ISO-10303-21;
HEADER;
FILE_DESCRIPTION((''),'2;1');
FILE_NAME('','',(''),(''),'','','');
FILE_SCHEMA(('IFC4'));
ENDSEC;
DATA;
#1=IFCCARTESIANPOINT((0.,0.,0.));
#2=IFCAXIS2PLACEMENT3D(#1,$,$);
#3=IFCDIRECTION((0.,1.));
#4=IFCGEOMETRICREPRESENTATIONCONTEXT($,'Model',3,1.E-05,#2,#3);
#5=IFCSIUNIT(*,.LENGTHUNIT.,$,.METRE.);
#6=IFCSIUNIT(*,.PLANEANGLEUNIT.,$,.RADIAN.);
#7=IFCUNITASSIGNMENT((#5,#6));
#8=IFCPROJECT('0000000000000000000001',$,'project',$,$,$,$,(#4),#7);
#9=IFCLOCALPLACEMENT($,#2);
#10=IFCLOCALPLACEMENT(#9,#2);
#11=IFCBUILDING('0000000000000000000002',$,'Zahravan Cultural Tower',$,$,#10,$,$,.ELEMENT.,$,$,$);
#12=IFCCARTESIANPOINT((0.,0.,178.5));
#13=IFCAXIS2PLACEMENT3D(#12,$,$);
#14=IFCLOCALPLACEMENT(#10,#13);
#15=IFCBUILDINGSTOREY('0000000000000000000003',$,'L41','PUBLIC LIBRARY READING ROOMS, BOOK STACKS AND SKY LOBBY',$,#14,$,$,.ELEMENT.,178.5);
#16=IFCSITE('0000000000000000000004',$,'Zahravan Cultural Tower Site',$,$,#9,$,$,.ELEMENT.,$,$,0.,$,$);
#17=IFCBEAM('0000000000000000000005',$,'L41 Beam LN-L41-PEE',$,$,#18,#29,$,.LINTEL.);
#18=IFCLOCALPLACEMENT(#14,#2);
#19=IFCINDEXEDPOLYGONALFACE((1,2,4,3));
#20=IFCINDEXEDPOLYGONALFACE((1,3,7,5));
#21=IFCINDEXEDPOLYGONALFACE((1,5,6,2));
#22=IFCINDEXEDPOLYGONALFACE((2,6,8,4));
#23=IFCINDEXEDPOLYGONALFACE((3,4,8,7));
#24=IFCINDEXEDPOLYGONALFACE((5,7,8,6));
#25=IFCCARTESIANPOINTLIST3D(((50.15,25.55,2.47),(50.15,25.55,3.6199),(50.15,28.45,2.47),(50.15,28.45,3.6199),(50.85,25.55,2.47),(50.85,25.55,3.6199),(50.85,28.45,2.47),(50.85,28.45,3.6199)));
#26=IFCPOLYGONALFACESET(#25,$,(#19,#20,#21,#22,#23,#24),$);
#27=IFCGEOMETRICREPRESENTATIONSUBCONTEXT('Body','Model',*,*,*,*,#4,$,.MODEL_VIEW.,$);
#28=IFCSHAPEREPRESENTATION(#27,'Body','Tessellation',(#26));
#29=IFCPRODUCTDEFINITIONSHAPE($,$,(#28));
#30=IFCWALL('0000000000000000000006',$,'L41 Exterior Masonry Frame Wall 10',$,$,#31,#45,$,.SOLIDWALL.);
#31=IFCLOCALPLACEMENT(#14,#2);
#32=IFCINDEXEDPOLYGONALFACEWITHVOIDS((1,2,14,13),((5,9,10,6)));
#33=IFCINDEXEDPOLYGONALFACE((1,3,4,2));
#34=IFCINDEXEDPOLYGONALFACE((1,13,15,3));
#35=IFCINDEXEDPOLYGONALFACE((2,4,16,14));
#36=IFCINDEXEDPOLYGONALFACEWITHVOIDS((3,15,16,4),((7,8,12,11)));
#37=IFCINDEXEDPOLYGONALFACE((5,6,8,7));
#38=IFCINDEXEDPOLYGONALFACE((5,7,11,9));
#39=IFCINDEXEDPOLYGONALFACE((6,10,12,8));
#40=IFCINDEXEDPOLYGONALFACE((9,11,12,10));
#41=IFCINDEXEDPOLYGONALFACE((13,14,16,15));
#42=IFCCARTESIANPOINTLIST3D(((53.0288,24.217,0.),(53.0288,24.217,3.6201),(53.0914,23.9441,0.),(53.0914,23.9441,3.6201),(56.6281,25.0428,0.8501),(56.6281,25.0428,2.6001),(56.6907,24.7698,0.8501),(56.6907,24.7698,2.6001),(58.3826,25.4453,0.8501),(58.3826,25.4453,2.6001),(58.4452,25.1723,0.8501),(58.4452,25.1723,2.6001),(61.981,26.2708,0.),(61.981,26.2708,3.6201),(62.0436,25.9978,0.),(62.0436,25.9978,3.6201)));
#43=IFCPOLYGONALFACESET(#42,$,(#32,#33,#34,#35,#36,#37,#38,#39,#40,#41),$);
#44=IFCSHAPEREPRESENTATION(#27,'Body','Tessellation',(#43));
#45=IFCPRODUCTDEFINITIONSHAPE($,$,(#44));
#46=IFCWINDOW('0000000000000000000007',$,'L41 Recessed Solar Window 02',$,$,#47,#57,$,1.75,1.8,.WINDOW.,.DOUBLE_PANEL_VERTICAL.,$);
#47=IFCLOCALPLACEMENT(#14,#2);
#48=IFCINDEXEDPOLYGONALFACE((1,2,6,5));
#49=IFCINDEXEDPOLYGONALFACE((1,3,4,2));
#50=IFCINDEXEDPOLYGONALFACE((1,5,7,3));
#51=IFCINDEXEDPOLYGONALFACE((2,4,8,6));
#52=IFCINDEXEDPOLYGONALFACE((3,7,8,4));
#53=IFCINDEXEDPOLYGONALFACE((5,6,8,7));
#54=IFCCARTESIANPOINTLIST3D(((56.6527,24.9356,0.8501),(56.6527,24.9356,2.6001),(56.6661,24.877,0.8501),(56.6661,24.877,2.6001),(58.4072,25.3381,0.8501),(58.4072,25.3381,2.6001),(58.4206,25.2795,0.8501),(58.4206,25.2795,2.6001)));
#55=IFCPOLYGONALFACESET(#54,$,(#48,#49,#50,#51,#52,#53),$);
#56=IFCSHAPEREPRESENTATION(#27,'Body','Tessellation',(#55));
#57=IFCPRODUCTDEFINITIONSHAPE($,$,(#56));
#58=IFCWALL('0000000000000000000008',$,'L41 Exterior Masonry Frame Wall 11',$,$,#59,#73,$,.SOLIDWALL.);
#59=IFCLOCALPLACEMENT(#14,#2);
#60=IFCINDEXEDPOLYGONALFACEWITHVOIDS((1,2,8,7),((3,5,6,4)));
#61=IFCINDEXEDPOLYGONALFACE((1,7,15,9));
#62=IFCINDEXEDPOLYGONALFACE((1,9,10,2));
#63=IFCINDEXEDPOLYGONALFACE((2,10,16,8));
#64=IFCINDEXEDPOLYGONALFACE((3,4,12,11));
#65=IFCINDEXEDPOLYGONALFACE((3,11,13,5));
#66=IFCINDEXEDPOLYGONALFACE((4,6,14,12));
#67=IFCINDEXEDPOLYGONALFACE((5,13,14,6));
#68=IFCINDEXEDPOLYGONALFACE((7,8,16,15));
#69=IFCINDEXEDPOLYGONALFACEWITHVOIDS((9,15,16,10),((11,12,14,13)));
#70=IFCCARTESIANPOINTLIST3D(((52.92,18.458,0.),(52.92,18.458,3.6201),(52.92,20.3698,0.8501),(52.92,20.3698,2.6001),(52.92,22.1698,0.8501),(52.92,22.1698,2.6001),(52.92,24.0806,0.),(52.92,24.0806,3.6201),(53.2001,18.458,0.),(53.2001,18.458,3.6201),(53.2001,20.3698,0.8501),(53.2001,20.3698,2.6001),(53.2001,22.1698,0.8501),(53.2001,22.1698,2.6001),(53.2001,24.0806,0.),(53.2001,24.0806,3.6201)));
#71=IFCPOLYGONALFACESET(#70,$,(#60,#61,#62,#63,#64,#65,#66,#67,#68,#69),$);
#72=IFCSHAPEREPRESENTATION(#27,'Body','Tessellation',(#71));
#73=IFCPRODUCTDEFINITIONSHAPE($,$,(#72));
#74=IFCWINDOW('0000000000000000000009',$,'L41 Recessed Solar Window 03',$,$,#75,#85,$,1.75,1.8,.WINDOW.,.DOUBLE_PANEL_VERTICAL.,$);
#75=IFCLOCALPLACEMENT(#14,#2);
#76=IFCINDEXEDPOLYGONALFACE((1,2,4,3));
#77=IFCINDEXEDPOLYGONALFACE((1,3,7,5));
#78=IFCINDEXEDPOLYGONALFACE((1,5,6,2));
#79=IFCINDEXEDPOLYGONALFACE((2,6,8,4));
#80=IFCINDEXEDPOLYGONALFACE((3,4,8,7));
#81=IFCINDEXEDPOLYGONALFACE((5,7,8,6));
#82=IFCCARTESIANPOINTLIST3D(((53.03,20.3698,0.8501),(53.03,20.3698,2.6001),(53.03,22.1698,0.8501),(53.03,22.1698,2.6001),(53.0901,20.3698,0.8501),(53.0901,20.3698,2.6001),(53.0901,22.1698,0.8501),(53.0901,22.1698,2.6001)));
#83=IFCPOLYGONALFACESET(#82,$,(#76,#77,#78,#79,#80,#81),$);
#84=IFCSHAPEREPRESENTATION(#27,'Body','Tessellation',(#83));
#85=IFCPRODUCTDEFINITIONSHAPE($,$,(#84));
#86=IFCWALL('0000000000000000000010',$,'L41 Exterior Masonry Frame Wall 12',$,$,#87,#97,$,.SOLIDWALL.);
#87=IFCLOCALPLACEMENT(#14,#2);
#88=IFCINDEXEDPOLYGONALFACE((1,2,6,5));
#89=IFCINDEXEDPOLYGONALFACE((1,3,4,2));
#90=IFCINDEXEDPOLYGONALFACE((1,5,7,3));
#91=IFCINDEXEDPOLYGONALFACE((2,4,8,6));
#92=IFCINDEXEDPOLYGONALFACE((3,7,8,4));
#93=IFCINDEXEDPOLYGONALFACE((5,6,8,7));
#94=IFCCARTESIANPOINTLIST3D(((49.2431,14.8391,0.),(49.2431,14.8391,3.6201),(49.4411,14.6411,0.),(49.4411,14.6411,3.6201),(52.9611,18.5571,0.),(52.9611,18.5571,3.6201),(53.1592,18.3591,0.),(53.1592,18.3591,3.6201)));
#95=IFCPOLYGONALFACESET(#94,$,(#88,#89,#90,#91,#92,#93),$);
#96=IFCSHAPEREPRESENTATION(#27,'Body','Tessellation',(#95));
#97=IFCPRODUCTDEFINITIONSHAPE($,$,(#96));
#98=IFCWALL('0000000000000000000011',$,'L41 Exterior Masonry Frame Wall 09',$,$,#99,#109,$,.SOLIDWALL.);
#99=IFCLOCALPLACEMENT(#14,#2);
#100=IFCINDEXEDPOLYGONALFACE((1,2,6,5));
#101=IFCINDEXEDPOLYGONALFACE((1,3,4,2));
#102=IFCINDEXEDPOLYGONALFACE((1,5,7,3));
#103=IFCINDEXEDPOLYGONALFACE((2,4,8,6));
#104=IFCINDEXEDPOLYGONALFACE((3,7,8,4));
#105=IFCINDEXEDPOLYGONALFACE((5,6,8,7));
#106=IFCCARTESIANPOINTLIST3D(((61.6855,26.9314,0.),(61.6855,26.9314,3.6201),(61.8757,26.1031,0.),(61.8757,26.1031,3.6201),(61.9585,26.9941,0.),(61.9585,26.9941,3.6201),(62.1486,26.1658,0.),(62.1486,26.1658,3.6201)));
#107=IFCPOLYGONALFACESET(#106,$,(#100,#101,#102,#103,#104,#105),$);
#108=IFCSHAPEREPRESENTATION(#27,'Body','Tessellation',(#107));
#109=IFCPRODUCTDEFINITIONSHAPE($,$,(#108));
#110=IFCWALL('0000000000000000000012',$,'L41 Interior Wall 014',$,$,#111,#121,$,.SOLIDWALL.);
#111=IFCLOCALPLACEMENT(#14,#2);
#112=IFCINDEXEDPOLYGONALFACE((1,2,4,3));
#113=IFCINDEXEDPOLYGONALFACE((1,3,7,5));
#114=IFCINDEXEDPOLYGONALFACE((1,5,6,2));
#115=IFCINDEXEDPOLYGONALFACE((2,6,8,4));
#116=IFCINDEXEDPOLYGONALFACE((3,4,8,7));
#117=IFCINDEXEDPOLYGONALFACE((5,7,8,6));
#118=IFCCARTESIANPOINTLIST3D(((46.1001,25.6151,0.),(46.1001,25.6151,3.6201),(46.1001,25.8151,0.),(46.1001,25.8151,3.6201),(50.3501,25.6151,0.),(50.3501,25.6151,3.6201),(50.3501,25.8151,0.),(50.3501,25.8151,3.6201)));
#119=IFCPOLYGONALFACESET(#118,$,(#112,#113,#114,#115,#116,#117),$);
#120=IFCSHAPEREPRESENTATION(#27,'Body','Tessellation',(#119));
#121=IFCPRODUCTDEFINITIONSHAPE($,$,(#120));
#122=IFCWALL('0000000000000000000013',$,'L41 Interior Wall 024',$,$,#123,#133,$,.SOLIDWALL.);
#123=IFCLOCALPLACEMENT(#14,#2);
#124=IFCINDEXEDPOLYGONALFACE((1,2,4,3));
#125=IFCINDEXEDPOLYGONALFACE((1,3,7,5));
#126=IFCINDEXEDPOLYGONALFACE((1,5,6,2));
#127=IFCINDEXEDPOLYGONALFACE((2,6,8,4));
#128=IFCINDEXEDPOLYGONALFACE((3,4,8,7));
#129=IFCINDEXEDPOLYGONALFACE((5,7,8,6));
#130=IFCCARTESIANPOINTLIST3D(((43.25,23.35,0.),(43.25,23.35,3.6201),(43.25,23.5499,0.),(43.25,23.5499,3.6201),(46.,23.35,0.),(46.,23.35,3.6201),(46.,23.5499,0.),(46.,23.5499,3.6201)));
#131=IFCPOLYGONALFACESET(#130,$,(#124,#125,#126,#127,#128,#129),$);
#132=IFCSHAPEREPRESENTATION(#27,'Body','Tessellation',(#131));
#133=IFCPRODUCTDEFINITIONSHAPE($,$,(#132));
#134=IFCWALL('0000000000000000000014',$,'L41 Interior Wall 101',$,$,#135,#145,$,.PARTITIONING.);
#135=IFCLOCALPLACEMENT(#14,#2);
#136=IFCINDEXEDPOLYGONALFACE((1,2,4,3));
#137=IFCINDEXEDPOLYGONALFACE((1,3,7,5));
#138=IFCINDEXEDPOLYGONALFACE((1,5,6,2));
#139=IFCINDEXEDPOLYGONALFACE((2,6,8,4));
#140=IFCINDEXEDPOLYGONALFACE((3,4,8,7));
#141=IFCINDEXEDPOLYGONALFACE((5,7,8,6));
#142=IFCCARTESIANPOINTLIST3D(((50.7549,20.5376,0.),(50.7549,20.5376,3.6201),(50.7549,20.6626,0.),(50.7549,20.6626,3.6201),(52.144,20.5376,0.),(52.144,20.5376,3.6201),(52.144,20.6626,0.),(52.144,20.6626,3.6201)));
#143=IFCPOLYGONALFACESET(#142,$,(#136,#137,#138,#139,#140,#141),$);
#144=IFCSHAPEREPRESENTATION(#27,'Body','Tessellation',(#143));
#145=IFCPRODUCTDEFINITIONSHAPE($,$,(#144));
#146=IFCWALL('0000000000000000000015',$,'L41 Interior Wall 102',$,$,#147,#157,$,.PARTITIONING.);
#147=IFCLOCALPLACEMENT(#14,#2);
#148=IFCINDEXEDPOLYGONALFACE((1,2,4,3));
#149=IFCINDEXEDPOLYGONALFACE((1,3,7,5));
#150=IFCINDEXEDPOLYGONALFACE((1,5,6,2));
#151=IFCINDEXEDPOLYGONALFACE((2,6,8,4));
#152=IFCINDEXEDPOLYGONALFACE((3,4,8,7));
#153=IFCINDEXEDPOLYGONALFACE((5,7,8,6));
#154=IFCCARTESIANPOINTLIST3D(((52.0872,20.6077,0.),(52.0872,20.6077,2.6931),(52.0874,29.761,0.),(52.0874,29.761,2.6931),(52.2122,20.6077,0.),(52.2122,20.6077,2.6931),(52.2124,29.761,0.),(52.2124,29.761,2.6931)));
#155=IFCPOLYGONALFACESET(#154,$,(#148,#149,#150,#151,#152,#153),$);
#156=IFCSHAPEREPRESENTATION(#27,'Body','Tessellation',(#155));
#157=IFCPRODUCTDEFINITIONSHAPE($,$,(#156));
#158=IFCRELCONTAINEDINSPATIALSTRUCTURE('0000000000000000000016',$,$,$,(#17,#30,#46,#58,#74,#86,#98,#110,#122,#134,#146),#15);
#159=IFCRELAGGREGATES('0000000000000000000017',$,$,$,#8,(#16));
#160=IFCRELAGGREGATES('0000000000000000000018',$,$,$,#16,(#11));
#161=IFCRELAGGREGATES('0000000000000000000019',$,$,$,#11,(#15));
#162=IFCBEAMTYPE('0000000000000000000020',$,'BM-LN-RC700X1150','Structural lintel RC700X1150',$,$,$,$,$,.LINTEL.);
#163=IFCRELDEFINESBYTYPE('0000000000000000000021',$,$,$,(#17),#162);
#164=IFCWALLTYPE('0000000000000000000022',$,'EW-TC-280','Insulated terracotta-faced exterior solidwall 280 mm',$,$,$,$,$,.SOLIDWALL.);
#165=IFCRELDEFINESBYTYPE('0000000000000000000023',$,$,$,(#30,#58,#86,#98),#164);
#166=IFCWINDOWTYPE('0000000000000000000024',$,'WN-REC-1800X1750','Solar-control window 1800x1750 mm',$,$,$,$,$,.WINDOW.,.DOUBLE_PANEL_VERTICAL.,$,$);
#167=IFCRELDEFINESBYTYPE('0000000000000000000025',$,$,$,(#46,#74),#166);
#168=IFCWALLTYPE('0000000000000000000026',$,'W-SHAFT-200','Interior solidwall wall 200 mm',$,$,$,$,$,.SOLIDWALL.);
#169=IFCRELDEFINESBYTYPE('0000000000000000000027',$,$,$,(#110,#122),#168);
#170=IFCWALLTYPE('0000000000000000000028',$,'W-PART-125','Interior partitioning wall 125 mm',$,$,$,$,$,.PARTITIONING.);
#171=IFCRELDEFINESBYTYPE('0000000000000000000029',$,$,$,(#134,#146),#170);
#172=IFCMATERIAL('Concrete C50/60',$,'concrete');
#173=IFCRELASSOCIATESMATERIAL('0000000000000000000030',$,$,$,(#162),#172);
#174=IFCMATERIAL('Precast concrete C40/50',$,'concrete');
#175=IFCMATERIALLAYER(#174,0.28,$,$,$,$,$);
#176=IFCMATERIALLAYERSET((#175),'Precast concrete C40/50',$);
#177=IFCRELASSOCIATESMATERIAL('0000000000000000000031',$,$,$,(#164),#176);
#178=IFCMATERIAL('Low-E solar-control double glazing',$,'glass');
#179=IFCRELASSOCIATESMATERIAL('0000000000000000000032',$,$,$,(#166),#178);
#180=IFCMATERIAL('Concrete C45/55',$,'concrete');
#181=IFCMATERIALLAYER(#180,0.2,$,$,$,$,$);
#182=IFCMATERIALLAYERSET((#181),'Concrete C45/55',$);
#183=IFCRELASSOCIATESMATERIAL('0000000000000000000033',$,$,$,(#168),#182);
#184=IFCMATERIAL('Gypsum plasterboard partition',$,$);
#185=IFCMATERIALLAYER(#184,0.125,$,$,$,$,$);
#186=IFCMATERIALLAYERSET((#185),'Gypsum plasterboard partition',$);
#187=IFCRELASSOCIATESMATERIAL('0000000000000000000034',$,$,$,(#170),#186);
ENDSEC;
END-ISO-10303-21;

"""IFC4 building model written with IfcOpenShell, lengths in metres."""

from ifc_helpers import new_model, si_unit, direction, frame, frame_2d, origin, origin_2d, place, context, subcontext, project, spatial, rectangle, extrude, source, transform, mapped, material, layer, layer_set, material_profile, profile_set, type_object, element, fill, save


model = new_model("IFC4")

# Units and contexts
model_context = context("Model", 3, precision=1e-05, world=origin(), true_north=direction((0.0, 1.0)))
body_context = subcontext(model_context, "Body", "Model", "MODEL_VIEW")
ifc_project = project(units=[si_unit("LENGTHUNIT", "METRE"), si_unit("PLANEANGLEUNIT", "RADIAN")], contexts=[model_context])

# Site, building, storey
site_placement = place(None, origin())
site = spatial("IfcSite", under=ifc_project, at=site_placement, Name="Zahravan Cultural Tower Site", CompositionType="ELEMENT", RefElevation=0.0)
building_placement = place(site_placement, origin())
building = spatial("IfcBuilding", under=site, at=building_placement, Name="Zahravan Cultural Tower", CompositionType="ELEMENT")
storey_placement = place(building_placement, frame((0.0, 0.0, 178.5)))
storey = spatial("IfcBuildingStorey", under=building, at=storey_placement, Name="L41", Description="PUBLIC LIBRARY READING ROOMS, BOOK STACKS AND SKY LOBBY", CompositionType="ELEMENT", Elevation=178.5)

# Beam
ifc_material_1 = material(Name="Concrete C50/60", Category="concrete")
ifc_material_profile = material_profile(ifc_material_1, rectangle(XDim=0.7, YDim=1.1499, at=origin_2d()), Name="RC700X1150")
ifc_profile_set = profile_set([ifc_material_profile], Name="Concrete C50/60")
beam_type = type_object("IfcBeamType", Name="BM-LN-RC700X1150", Description="Structural lintel RC700X1150", PredefinedType="LINTEL", material=ifc_profile_set)
shared_shape_1 = source(origin(), body_context, "Body", "SweptSolid", [
    extrude(rectangle(XDim=0.7, YDim=1.1499, at=origin_2d()), origin(), (0.0, 0.0, 1.0), 2.8999),
])
beam_placement = place(storey_placement, frame((50.5, 25.55, 3.0449), z_axis=(0.0, 1.0, 0.0), x_axis=(-1.0, 0.0, 0.0)))
element("IfcBeam", 1, at=beam_placement, inside=storey, type_object=beam_type, Name="L41 Beam LN-L41-PEE", PredefinedType="LINTEL", context=body_context, shape_type="MappedRepresentation", body=[
    mapped(shared_shape_1, transform((0.0, 0.0, 0.0), x_axis=(1.0, 0.0, 0.0), y_axis=(0.0, 1.0, 0.0), z_axis=(0.0, 0.0, 1.0), scale=1.0)),
])

# Walls, openings, windows
ifc_material_2 = material(Name="Precast concrete C40/50", Category="concrete")
ifc_layer_1 = layer(ifc_material_2, 0.28)
ifc_layer_set_1 = layer_set([ifc_layer_1], Name="Precast concrete C40/50")
wall_type_1 = type_object("IfcWallType", Name="EW-TC-280", Description="Insulated terracotta-faced exterior solidwall 280 mm", PredefinedType="SOLIDWALL", material=ifc_layer_set_1)
wall_1_placement = place(storey_placement, frame((62.0122, 26.1343, 0.0), z_axis=(0.0, 0.0, 1.0), x_axis=(-0.974681, -0.223601, 0.0)))
wall_1 = element("IfcWall", 2, at=wall_1_placement, inside=storey, type_object=wall_type_1, Name="L41 Exterior Masonry Frame Wall 10", PredefinedType="SOLIDWALL", context=body_context, shape_type="SweptSolid", body=[
    extrude(rectangle(XDim=9.1848, YDim=0.28, at=frame_2d((4.5923, 0.0))), origin(), (0.0, 0.0, 1.0), 3.6201),
])
opening_1_placement = place(wall_1_placement, frame((3.6919, 0.0, 0.8501)))
opening_1 = element("IfcOpeningElement", 3, at=opening_1_placement, cuts=wall_1, PredefinedType="OPENING", context=body_context, shape_type="SweptSolid", body=[
    extrude(rectangle(XDim=1.8, YDim=1.75, at=frame_2d((0.8999, 0.875))), frame((0.0, 0.1499, 0.0), z_axis=(0.0, -1.0, 0.0), x_axis=(1.0, 0.0, 0.0)), (0.0, 0.0, 1.0), 0.3),
])
ifc_material_3 = material(Name="Low-E solar-control double glazing", Category="glass")
window_type = type_object("IfcWindowType", Name="WN-REC-1800X1750", Description="Solar-control window 1800x1750 mm", PartitioningType="DOUBLE_PANEL_VERTICAL", PredefinedType="WINDOW", material=ifc_material_3)
shared_shape_2 = source(origin(), body_context, "Body", "SweptSolid", [
    extrude(rectangle(XDim=1.8, YDim=1.75, at=frame_2d((0.8999, 0.875))), frame((0.0, 0.03, 0.0), z_axis=(0.0, -1.0, 0.0), x_axis=(1.0, 0.0, 0.0)), (0.0, 0.0, 1.0), 0.0601),
])
window_1_placement = place(opening_1_placement, origin())
window_1 = element("IfcWindow", 4, at=window_1_placement, inside=storey, type_object=window_type, Name="L41 Recessed Solar Window 02", OverallHeight=1.75, OverallWidth=1.8, PartitioningType="DOUBLE_PANEL_VERTICAL", PredefinedType="WINDOW", context=body_context, shape_type="MappedRepresentation", body=[
    mapped(shared_shape_2, transform((0.0, 0.0, 0.0), x_axis=(1.0, 0.0, 0.0), y_axis=(0.0, 1.0, 0.0), z_axis=(0.0, 0.0, 1.0), scale=1.0)),
])
fill(opening_1, window_1)
wall_2_placement = place(storey_placement, frame((53.0601, 24.0806, 0.0), z_axis=(0.0, 0.0, 1.0), x_axis=(0.0, -1.0, 0.0)))
wall_2 = element("IfcWall", 5, at=wall_2_placement, inside=storey, type_object=wall_type_1, Name="L41 Exterior Masonry Frame Wall 11", PredefinedType="SOLIDWALL", context=body_context, shape_type="SweptSolid", body=[
    extrude(rectangle(XDim=5.6226, YDim=0.28, at=frame_2d((2.8113, 0.0))), origin(), (0.0, 0.0, 1.0), 3.6201),
])
opening_2_placement = place(wall_2_placement, frame((1.9109, 0.0, 0.8501)))
opening_2 = element("IfcOpeningElement", 6, at=opening_2_placement, cuts=wall_2, PredefinedType="OPENING", context=body_context, shape_type="SweptSolid", body=[
    extrude(rectangle(XDim=1.8, YDim=1.75, at=frame_2d((0.8999, 0.875))), frame((0.0, 0.1499, 0.0), z_axis=(0.0, -1.0, 0.0), x_axis=(1.0, 0.0, 0.0)), (0.0, 0.0, 1.0), 0.3),
])
window_2_placement = place(opening_2_placement, origin())
window_2 = element("IfcWindow", 7, at=window_2_placement, inside=storey, type_object=window_type, Name="L41 Recessed Solar Window 03", OverallHeight=1.75, OverallWidth=1.8, PartitioningType="DOUBLE_PANEL_VERTICAL", PredefinedType="WINDOW", context=body_context, shape_type="MappedRepresentation", body=[
    mapped(shared_shape_2, transform((0.0, 0.0, 0.0), x_axis=(1.0, 0.0, 0.0), y_axis=(0.0, 1.0, 0.0), z_axis=(0.0, 0.0, 1.0), scale=1.0)),
])
fill(opening_2, window_2)

# Walls
shared_shape_3 = source(origin(), body_context, "Body", "SweptSolid", [
    extrude(rectangle(XDim=5.2581, YDim=0.28, at=frame_2d((2.6289, 0.0))), origin(), (0.0, 0.0, 1.0), 3.6201),
])
wall_3_placement = place(storey_placement, frame((53.0601, 18.458, 0.0), z_axis=(0.0, 0.0, 1.0), x_axis=(-0.707107, -0.707107, 0.0)))
element("IfcWall", 8, at=wall_3_placement, inside=storey, type_object=wall_type_1, Name="L41 Exterior Masonry Frame Wall 12", PredefinedType="SOLIDWALL", context=body_context, shape_type="MappedRepresentation", body=[
    mapped(shared_shape_3, transform((0.0, 0.0, 0.0), x_axis=(1.0, 0.0, 0.0), y_axis=(0.0, 1.0, 0.0), z_axis=(0.0, 0.0, 1.0), scale=1.0)),
])
shared_shape_4 = source(origin(), body_context, "Body", "SweptSolid", [
    extrude(rectangle(XDim=0.8499, YDim=0.28, at=frame_2d((0.4248, 0.0))), origin(), (0.0, 0.0, 1.0), 3.6201),
])
wall_4_placement = place(storey_placement, frame((61.822, 26.9626, 0.0), z_axis=(0.0, 0.0, 1.0), x_axis=(0.223768, -0.974642, 0.0)))
element("IfcWall", 9, at=wall_4_placement, inside=storey, type_object=wall_type_1, Name="L41 Exterior Masonry Frame Wall 09", PredefinedType="SOLIDWALL", context=body_context, shape_type="MappedRepresentation", body=[
    mapped(shared_shape_4, transform((0.0, 0.0, 0.0), x_axis=(1.0, 0.0, 0.0), y_axis=(0.0, 1.0, 0.0), z_axis=(0.0, 0.0, 1.0), scale=1.0)),
])
ifc_material_4 = material(Name="Concrete C45/55", Category="concrete")
ifc_layer_2 = layer(ifc_material_4, 0.2)
ifc_layer_set_2 = layer_set([ifc_layer_2], Name="Concrete C45/55")
wall_type_2 = type_object("IfcWallType", Name="W-SHAFT-200", Description="Interior solidwall wall 200 mm", PredefinedType="SOLIDWALL", material=ifc_layer_set_2)
shared_shape_5 = source(origin(), body_context, "Body", "SweptSolid", [
    extrude(rectangle(XDim=4.25, YDim=0.2, at=frame_2d((2.125, 0.0))), origin(), (0.0, 0.0, 1.0), 3.6201),
])
wall_5_placement = place(storey_placement, frame((46.1001, 25.7151, 0.0), z_axis=(0.0, 0.0, 1.0), x_axis=(1.0, 0.0, 0.0)))
element("IfcWall", 10, at=wall_5_placement, inside=storey, type_object=wall_type_2, Name="L41 Interior Wall 014", PredefinedType="SOLIDWALL", context=body_context, shape_type="MappedRepresentation", body=[
    mapped(shared_shape_5, transform((0.0, 0.0, 0.0), x_axis=(1.0, 0.0, 0.0), y_axis=(0.0, 1.0, 0.0), z_axis=(0.0, 0.0, 1.0), scale=1.0)),
])
shared_shape_6 = source(origin(), body_context, "Body", "SweptSolid", [
    extrude(rectangle(XDim=2.75, YDim=0.2, at=frame_2d((1.375, 0.0))), origin(), (0.0, 0.0, 1.0), 3.6201),
])
wall_6_placement = place(storey_placement, frame((43.25, 23.45, 0.0), z_axis=(0.0, 0.0, 1.0), x_axis=(1.0, 0.0, 0.0)))
element("IfcWall", 11, at=wall_6_placement, inside=storey, type_object=wall_type_2, Name="L41 Interior Wall 024", PredefinedType="SOLIDWALL", context=body_context, shape_type="MappedRepresentation", body=[
    mapped(shared_shape_6, transform((0.0, 0.0, 0.0), x_axis=(1.0, 0.0, 0.0), y_axis=(0.0, 1.0, 0.0), z_axis=(0.0, 0.0, 1.0), scale=1.0)),
])
ifc_material_5 = material(Name="Gypsum plasterboard partition")
ifc_layer_3 = layer(ifc_material_5, 0.125)
ifc_layer_set_3 = layer_set([ifc_layer_3], Name="Gypsum plasterboard partition")
wall_type_3 = type_object("IfcWallType", Name="W-PART-125", Description="Interior partitioning wall 125 mm", PredefinedType="PARTITIONING", material=ifc_layer_set_3)
shared_shape_7 = source(origin(), body_context, "Body", "SweptSolid", [
    extrude(rectangle(XDim=1.3892, YDim=0.125, at=frame_2d((0.6946, 0.0))), origin(), (0.0, 0.0, 1.0), 3.6201),
])
wall_7_placement = place(storey_placement, frame((50.7549, 20.6001, 0.0), z_axis=(0.0, 0.0, 1.0), x_axis=(1.0, 0.0, 0.0)))
element("IfcWall", 12, at=wall_7_placement, inside=storey, type_object=wall_type_3, Name="L41 Interior Wall 101", PredefinedType="PARTITIONING", context=body_context, shape_type="MappedRepresentation", body=[
    mapped(shared_shape_7, transform((0.0, 0.0, 0.0), x_axis=(1.0, 0.0, 0.0), y_axis=(0.0, 1.0, 0.0), z_axis=(0.0, 0.0, 1.0), scale=1.0)),
])
shared_shape_8 = source(origin(), body_context, "Body", "SweptSolid", [
    extrude(rectangle(XDim=9.1533, YDim=0.125, at=frame_2d((4.5767, 0.0))), origin(), (0.0, 0.0, 1.0), 2.6931),
])
wall_8_placement = place(storey_placement, frame((52.1497, 20.6077, 0.0), z_axis=(0.0, 0.0, 1.0), x_axis=(0.000027, 1.0, 0.0)))
element("IfcWall", 13, at=wall_8_placement, inside=storey, type_object=wall_type_3, Name="L41 Interior Wall 102", PredefinedType="PARTITIONING", context=body_context, shape_type="MappedRepresentation", body=[
    mapped(shared_shape_8, transform((0.0, 0.0, 0.0), x_axis=(1.0, 0.0, 0.0), y_axis=(0.0, 1.0, 0.0), z_axis=(0.0, 0.0, 1.0), scale=1.0)),
])

save(model, "model.ifc")
